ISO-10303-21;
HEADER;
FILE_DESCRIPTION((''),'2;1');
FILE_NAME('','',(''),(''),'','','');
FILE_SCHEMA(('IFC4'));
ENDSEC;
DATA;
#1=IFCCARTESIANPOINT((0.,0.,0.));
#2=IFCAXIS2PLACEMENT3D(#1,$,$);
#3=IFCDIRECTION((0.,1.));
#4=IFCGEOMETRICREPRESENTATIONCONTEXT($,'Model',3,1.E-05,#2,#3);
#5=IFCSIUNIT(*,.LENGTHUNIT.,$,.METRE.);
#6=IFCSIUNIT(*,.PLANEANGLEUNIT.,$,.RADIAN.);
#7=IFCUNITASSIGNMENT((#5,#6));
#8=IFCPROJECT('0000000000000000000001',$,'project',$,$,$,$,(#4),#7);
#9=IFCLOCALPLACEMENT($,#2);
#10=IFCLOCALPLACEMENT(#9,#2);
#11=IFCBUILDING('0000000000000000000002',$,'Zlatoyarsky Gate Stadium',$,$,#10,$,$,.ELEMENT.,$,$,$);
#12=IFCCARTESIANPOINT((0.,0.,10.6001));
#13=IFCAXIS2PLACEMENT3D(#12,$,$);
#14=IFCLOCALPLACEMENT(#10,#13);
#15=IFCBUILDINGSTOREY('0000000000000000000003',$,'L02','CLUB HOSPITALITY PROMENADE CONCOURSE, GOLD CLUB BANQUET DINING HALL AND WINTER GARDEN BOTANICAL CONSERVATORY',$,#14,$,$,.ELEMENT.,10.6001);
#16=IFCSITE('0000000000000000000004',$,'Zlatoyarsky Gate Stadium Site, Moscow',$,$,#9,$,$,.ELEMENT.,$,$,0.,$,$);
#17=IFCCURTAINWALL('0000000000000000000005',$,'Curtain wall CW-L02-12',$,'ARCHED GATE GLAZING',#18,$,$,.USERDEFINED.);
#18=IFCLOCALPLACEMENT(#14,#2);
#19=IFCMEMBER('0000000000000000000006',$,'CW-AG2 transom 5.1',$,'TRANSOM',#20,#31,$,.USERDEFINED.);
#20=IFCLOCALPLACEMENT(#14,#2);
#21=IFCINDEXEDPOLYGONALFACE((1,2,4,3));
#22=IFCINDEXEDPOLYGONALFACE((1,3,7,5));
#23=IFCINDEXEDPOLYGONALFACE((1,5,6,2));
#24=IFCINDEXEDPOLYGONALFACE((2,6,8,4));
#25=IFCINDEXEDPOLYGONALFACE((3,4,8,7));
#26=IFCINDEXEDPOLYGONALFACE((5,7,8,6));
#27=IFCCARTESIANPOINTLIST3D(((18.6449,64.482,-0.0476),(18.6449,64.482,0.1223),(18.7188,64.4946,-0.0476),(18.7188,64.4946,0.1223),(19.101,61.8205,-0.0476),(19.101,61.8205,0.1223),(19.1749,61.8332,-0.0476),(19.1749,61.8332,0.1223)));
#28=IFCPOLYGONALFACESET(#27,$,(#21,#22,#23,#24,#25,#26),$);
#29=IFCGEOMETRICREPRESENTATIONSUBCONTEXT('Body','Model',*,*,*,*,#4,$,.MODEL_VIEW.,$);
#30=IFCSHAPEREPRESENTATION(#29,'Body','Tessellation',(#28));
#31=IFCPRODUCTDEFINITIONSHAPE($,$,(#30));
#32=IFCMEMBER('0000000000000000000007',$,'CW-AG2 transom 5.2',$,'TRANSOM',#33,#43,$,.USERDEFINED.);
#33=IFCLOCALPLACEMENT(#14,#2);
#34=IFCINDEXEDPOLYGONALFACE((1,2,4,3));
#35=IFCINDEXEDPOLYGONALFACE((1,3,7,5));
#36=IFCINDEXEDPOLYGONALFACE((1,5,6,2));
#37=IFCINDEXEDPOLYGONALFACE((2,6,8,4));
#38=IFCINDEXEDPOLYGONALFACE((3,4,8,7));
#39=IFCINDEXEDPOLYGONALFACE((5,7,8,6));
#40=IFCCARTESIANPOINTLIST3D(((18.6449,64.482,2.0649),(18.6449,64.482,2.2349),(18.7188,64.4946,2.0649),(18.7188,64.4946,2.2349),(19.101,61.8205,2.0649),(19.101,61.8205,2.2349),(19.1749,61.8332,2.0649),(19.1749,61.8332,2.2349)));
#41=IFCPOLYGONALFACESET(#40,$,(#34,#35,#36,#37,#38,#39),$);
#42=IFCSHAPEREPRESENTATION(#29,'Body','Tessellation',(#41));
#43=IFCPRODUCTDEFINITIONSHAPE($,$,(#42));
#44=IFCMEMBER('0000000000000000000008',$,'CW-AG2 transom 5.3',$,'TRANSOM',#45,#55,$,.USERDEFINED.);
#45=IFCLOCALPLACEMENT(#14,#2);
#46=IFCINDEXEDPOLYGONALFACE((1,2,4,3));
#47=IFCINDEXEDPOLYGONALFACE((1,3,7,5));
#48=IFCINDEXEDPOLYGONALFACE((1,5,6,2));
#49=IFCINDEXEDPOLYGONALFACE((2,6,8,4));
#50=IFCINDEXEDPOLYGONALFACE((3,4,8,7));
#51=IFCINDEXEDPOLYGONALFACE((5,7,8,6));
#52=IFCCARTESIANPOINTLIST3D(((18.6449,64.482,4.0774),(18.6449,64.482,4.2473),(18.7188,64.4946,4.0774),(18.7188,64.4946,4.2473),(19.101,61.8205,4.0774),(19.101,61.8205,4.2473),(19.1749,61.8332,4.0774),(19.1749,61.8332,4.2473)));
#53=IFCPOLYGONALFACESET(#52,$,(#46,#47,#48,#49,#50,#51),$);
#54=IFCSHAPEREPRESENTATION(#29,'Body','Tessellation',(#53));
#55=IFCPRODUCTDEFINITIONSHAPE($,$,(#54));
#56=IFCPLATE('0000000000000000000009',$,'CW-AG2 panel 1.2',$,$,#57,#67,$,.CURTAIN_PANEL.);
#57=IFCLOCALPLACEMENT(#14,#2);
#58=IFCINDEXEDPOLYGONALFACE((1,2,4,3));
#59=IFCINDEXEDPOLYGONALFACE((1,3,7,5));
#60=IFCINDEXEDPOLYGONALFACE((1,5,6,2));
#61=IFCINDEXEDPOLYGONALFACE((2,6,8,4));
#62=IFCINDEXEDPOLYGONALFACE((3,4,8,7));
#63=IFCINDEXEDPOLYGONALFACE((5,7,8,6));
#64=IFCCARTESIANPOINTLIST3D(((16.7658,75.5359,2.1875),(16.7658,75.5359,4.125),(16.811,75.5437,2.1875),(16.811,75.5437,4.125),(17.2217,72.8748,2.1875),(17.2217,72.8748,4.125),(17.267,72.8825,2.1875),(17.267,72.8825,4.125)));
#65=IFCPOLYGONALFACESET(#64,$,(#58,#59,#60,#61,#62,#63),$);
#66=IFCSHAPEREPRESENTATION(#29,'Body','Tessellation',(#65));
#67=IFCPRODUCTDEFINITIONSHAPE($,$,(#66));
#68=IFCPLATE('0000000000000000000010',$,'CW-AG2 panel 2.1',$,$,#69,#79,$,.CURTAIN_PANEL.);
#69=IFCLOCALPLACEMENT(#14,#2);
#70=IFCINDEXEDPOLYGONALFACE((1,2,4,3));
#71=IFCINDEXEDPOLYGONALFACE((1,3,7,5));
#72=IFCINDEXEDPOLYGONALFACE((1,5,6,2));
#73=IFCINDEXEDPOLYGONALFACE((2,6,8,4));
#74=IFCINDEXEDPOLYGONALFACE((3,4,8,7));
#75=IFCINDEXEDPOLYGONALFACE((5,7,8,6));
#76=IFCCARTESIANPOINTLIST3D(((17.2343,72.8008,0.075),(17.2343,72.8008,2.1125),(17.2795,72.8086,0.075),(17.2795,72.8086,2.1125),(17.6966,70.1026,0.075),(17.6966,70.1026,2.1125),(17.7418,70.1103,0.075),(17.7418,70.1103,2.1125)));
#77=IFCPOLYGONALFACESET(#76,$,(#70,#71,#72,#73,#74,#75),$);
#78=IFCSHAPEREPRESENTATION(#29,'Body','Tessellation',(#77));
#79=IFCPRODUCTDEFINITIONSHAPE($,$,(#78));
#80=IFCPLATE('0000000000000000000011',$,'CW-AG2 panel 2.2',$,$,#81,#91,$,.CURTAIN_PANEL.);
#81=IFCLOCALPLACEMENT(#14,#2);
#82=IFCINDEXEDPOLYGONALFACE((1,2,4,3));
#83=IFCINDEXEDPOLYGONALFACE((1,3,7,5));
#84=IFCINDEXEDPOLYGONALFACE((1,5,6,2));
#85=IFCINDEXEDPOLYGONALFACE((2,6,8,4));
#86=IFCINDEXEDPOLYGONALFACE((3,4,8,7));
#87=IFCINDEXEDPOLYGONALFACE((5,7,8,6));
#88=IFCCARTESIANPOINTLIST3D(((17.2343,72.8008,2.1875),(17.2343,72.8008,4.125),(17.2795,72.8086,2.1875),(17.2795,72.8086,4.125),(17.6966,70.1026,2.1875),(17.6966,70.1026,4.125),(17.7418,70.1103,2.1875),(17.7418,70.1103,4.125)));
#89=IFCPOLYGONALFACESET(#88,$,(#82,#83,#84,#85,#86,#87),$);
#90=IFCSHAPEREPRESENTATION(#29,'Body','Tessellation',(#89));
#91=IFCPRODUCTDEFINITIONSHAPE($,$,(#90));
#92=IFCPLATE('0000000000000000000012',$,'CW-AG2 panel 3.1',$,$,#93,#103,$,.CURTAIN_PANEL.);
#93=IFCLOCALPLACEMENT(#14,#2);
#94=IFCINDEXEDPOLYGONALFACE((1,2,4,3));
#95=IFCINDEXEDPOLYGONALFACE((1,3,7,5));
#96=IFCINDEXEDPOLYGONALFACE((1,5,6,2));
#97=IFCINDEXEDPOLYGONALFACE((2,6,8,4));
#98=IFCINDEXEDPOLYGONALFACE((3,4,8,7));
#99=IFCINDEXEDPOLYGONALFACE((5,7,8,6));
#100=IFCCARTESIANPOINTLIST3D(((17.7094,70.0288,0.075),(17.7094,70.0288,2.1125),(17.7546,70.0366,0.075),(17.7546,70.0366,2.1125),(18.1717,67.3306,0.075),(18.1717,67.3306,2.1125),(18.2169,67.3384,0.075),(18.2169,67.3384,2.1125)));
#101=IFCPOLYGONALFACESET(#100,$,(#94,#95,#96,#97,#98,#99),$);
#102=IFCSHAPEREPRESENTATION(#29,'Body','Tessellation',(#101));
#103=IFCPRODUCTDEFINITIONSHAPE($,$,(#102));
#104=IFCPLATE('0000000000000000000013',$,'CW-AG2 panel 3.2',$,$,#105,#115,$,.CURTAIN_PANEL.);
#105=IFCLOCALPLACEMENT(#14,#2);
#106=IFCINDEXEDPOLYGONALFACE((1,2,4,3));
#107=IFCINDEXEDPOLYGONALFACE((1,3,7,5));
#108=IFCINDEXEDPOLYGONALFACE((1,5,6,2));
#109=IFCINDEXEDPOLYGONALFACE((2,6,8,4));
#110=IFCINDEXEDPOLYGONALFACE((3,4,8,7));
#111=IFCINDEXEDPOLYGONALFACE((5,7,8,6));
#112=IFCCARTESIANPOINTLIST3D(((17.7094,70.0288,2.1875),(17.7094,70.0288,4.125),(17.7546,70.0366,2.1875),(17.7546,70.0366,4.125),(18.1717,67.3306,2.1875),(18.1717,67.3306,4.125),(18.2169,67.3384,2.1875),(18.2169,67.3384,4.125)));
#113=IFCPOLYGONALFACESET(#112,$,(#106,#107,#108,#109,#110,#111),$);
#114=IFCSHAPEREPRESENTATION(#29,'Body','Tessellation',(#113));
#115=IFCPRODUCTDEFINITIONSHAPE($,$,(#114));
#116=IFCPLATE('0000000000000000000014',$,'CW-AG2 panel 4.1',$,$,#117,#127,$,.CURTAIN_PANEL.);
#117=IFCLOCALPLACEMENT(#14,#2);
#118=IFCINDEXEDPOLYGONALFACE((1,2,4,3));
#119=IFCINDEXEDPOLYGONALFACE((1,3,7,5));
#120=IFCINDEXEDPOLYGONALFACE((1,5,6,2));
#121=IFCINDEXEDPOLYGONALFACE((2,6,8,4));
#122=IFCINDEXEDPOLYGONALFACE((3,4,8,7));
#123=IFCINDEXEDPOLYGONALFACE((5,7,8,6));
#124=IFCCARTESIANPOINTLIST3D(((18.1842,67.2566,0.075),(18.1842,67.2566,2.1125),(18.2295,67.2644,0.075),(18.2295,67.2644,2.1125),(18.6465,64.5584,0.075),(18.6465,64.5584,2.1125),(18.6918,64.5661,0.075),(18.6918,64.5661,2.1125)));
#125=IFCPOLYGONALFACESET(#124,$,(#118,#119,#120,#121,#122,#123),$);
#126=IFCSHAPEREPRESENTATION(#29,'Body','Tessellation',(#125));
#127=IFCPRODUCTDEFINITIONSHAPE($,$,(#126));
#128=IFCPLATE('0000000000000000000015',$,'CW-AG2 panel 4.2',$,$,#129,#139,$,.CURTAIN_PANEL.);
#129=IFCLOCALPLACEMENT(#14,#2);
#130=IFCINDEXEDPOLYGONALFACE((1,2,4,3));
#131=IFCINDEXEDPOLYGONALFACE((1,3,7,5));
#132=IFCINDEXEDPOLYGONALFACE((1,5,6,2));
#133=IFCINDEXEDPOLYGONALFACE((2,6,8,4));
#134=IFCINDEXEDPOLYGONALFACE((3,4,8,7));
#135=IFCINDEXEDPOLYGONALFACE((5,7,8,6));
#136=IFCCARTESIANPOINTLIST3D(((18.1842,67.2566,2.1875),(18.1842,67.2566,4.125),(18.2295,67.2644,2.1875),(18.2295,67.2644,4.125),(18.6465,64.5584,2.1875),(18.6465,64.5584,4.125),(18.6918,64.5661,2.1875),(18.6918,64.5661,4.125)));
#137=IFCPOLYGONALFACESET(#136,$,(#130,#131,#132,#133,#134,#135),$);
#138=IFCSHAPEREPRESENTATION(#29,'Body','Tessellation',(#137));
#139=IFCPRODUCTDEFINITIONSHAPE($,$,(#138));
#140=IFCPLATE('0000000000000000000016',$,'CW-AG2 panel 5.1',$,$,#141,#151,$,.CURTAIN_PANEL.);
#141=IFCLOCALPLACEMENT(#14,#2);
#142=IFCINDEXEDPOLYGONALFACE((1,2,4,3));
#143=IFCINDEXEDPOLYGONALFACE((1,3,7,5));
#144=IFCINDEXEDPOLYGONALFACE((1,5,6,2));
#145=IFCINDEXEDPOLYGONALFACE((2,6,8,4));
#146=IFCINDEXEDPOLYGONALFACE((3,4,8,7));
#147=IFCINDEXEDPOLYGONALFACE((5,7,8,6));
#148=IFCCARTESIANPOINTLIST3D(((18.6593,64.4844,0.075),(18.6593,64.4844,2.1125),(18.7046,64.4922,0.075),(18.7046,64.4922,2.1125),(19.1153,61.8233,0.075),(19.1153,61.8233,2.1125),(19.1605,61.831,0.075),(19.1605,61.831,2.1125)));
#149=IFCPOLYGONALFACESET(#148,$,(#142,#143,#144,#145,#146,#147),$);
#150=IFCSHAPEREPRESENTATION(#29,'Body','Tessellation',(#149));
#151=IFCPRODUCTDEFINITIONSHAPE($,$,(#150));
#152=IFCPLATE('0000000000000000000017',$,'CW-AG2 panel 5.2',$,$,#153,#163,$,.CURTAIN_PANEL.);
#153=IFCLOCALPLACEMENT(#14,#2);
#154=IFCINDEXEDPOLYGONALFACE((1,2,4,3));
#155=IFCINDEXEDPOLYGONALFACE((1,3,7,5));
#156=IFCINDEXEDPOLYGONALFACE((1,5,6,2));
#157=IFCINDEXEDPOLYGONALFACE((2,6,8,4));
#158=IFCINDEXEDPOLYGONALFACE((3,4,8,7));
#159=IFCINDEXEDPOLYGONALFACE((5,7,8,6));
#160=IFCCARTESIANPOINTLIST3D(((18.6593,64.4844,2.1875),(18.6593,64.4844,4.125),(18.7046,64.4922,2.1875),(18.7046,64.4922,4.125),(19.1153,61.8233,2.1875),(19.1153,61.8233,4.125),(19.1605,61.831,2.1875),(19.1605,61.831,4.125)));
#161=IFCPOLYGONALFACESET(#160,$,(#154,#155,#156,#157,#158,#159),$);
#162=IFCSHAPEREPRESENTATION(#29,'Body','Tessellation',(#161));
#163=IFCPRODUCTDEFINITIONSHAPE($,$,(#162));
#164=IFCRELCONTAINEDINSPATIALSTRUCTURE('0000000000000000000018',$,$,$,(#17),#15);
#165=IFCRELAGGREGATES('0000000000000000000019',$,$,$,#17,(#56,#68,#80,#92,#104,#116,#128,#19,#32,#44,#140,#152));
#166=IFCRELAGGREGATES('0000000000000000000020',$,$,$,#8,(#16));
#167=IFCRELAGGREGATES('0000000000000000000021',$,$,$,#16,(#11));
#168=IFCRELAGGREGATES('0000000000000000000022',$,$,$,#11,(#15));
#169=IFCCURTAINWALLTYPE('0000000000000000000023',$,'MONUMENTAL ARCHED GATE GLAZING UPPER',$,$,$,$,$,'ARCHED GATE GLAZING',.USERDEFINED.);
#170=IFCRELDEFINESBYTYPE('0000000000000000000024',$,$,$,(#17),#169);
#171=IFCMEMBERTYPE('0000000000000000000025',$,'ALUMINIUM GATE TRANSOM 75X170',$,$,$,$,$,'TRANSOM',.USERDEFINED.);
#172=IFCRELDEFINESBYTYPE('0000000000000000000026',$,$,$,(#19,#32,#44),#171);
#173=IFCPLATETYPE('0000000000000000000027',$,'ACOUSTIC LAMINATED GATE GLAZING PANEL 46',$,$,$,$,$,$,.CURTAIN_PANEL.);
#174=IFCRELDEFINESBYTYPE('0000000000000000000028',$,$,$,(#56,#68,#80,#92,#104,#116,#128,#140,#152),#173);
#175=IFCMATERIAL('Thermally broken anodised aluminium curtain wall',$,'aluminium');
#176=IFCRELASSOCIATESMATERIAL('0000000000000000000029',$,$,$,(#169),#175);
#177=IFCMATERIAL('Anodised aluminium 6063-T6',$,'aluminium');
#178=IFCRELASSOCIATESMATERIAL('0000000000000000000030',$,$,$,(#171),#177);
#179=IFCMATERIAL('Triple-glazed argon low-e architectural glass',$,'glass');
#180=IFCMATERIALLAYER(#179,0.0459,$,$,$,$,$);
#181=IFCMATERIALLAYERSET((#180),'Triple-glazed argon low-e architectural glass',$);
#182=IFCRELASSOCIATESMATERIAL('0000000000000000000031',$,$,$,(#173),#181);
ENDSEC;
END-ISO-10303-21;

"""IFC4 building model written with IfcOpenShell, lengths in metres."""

from ifc_helpers import new_model, si_unit, direction, frame, origin, origin_2d, place, context, subcontext, project, spatial, rectangle, extrude, material, layer, layer_set, material_profile, profile_set, type_object, element, aggregate, save


model = new_model("IFC4")

# Units and contexts
model_context = context("Model", 3, precision=1e-05, world=origin(), true_north=direction((0.0, 1.0)))
body_context = subcontext(model_context, "Body", "Model", "MODEL_VIEW")
ifc_project = project(units=[si_unit("LENGTHUNIT", "METRE"), si_unit("PLANEANGLEUNIT", "RADIAN")], contexts=[model_context])

# Site, building, storey
site_placement = place(None, origin())
site = spatial("IfcSite", under=ifc_project, at=site_placement, Name="Zlatoyarsky Gate Stadium Site, Moscow", CompositionType="ELEMENT", RefElevation=0.0)
building_placement = place(site_placement, origin())
building = spatial("IfcBuilding", under=site, at=building_placement, Name="Zlatoyarsky Gate Stadium", CompositionType="ELEMENT")
storey_placement = place(building_placement, frame((0.0, 0.0, 10.6001)))
storey = spatial("IfcBuildingStorey", under=building, at=storey_placement, Name="L02", Description="CLUB HOSPITALITY PROMENADE CONCOURSE, GOLD CLUB BANQUET DINING HALL AND WINTER GARDEN BOTANICAL CONSERVATORY", CompositionType="ELEMENT", Elevation=10.6001)

# Curtain wall, members, plates
ifc_material_1 = material(Name="Thermally broken anodised aluminium curtain wall", Category="aluminium")
curtain_wall_type = type_object("IfcCurtainWallType", Name="MONUMENTAL ARCHED GATE GLAZING UPPER", ElementType="ARCHED GATE GLAZING", PredefinedType="USERDEFINED", material=ifc_material_1)
curtain_wall_placement = place(storey_placement, origin())
curtain_wall = element("IfcCurtainWall", 1, at=curtain_wall_placement, inside=storey, type_object=curtain_wall_type, Name="Curtain wall CW-L02-12", ObjectType="ARCHED GATE GLAZING", PredefinedType="USERDEFINED")
ifc_material_2 = material(Name="Anodised aluminium 6063-T6", Category="aluminium")
ifc_material_profile_1 = material_profile(ifc_material_2, rectangle(XDim=0.075, YDim=0.1699, at=origin_2d()), Name="ALU 75X170")
ifc_profile_set_1 = profile_set([ifc_material_profile_1], Name="Anodised aluminium 6063-T6")
member_type_1 = type_object("IfcMemberType", Name="ALUMINIUM GATE TRANSOM 75X170", ElementType="TRANSOM", PredefinedType="USERDEFINED", material=ifc_profile_set_1)
member_1_placement = place(storey_placement, frame((18.6819, 64.4883, 0.0374), z_axis=(0.168899, -0.985633, 0.0), x_axis=(0.985633, 0.168899, 0.0)))
member_1 = element("IfcMember", 2, at=member_1_placement, type_object=member_type_1, Name="CW-AG2 transom 5.1", ObjectType="TRANSOM", PredefinedType="USERDEFINED", context=body_context, shape_type="SweptSolid", body=[
    extrude(rectangle(XDim=0.075, YDim=0.1699, at=origin_2d()), origin(), (0.0, 0.0, 1.0), 2.7002),
])
member_2_placement = place(storey_placement, frame((18.6819, 64.4883, 2.1499), z_axis=(0.168899, -0.985633, 0.0), x_axis=(0.985633, 0.168899, 0.0)))
member_2 = element("IfcMember", 3, at=member_2_placement, type_object=member_type_1, Name="CW-AG2 transom 5.2", ObjectType="TRANSOM", PredefinedType="USERDEFINED", context=body_context, shape_type="SweptSolid", body=[
    extrude(rectangle(XDim=0.075, YDim=0.1699, at=origin_2d()), origin(), (0.0, 0.0, 1.0), 2.7002),
])
member_3_placement = place(storey_placement, frame((18.6819, 64.4883, 4.1624), z_axis=(0.168899, -0.985633, 0.0), x_axis=(0.985633, 0.168899, 0.0)))
member_3 = element("IfcMember", 4, at=member_3_placement, type_object=member_type_1, Name="CW-AG2 transom 5.3", ObjectType="TRANSOM", PredefinedType="USERDEFINED", context=body_context, shape_type="SweptSolid", body=[
    extrude(rectangle(XDim=0.075, YDim=0.1699, at=origin_2d()), origin(), (0.0, 0.0, 1.0), 2.7002),
])
ifc_material_3 = material(Name="Triple-glazed argon low-e architectural glass", Category="glass")
ifc_layer = layer(ifc_material_3, 0.0459)
ifc_layer_set = layer_set([ifc_layer], Name="Triple-glazed argon low-e architectural glass")
plate_type = type_object("IfcPlateType", Name="ACOUSTIC LAMINATED GATE GLAZING PANEL 46", PredefinedType="CURTAIN_PANEL", material=ifc_layer_set)
plate_1_placement = place(storey_placement, frame((17.0164, 74.2092, 2.1875), z_axis=(0.0, 0.0, 1.0), x_axis=(0.168878, -0.985637, 0.0)))
plate_1 = element("IfcPlate", 5, at=plate_1_placement, type_object=plate_type, Name="CW-AG2 panel 1.2", PredefinedType="CURTAIN_PANEL", context=body_context, shape_type="SweptSolid", body=[
    extrude(rectangle(XDim=2.7, YDim=0.0459, at=origin_2d()), origin(), (0.0, 0.0, 1.0), 1.9375),
])
plate_2_placement = place(storey_placement, frame((17.488, 71.4556, 0.075), z_axis=(0.0, 0.0, 1.0), x_axis=(0.168878, -0.985637, 0.0)))
plate_2 = element("IfcPlate", 6, at=plate_2_placement, type_object=plate_type, Name="CW-AG2 panel 2.1", PredefinedType="CURTAIN_PANEL", context=body_context, shape_type="SweptSolid", body=[
    extrude(rectangle(XDim=2.7375, YDim=0.0459, at=origin_2d()), origin(), (0.0, 0.0, 1.0), 2.0376),
])
plate_3_placement = place(storey_placement, frame((17.488, 71.4556, 2.1875), z_axis=(0.0, 0.0, 1.0), x_axis=(0.168878, -0.985637, 0.0)))
plate_3 = element("IfcPlate", 7, at=plate_3_placement, type_object=plate_type, Name="CW-AG2 panel 2.2", PredefinedType="CURTAIN_PANEL", context=body_context, shape_type="SweptSolid", body=[
    extrude(rectangle(XDim=2.7375, YDim=0.0459, at=origin_2d()), origin(), (0.0, 0.0, 1.0), 1.9375),
])
plate_4_placement = place(storey_placement, frame((17.9631, 68.6836, 0.075), z_axis=(0.0, 0.0, 1.0), x_axis=(0.168878, -0.985637, 0.0)))
plate_4 = element("IfcPlate", 8, at=plate_4_placement, type_object=plate_type, Name="CW-AG2 panel 3.1", PredefinedType="CURTAIN_PANEL", context=body_context, shape_type="SweptSolid", body=[
    extrude(rectangle(XDim=2.7375, YDim=0.0459, at=origin_2d()), origin(), (0.0, 0.0, 1.0), 2.0376),
])
plate_5_placement = place(storey_placement, frame((17.9631, 68.6836, 2.1875), z_axis=(0.0, 0.0, 1.0), x_axis=(0.168878, -0.985637, 0.0)))
plate_5 = element("IfcPlate", 9, at=plate_5_placement, type_object=plate_type, Name="CW-AG2 panel 3.2", PredefinedType="CURTAIN_PANEL", context=body_context, shape_type="SweptSolid", body=[
    extrude(rectangle(XDim=2.7375, YDim=0.0459, at=origin_2d()), origin(), (0.0, 0.0, 1.0), 1.9375),
])
plate_6_placement = place(storey_placement, frame((18.438, 65.9114, 0.075), z_axis=(0.0, 0.0, 1.0), x_axis=(0.168878, -0.985637, 0.0)))
plate_6 = element("IfcPlate", 10, at=plate_6_placement, type_object=plate_type, Name="CW-AG2 panel 4.1", PredefinedType="CURTAIN_PANEL", context=body_context, shape_type="SweptSolid", body=[
    extrude(rectangle(XDim=2.7375, YDim=0.0459, at=origin_2d()), origin(), (0.0, 0.0, 1.0), 2.0376),
])
plate_7_placement = place(storey_placement, frame((18.438, 65.9114, 2.1875), z_axis=(0.0, 0.0, 1.0), x_axis=(0.168878, -0.985637, 0.0)))
plate_7 = element("IfcPlate", 11, at=plate_7_placement, type_object=plate_type, Name="CW-AG2 panel 4.2", PredefinedType="CURTAIN_PANEL", context=body_context, shape_type="SweptSolid", body=[
    extrude(rectangle(XDim=2.7375, YDim=0.0459, at=origin_2d()), origin(), (0.0, 0.0, 1.0), 1.9375),
])
plate_8_placement = place(storey_placement, frame((18.9099, 63.1577, 0.075), z_axis=(0.0, 0.0, 1.0), x_axis=(0.168878, -0.985637, 0.0)))
plate_8 = element("IfcPlate", 12, at=plate_8_placement, type_object=plate_type, Name="CW-AG2 panel 5.1", PredefinedType="CURTAIN_PANEL", context=body_context, shape_type="SweptSolid", body=[
    extrude(rectangle(XDim=2.7, YDim=0.0459, at=origin_2d()), origin(), (0.0, 0.0, 1.0), 2.0376),
])
plate_9_placement = place(storey_placement, frame((18.9099, 63.1577, 2.1875), z_axis=(0.0, 0.0, 1.0), x_axis=(0.168878, -0.985637, 0.0)))
plate_9 = element("IfcPlate", 13, at=plate_9_placement, type_object=plate_type, Name="CW-AG2 panel 5.2", PredefinedType="CURTAIN_PANEL", context=body_context, shape_type="SweptSolid", body=[
    extrude(rectangle(XDim=2.7, YDim=0.0459, at=origin_2d()), origin(), (0.0, 0.0, 1.0), 1.9375),
])
aggregate(curtain_wall, [plate_1, plate_2, plate_3, plate_4, plate_5, plate_6, plate_7, member_1, member_2, member_3, plate_8, plate_9])

save(model, "model.ifc")
